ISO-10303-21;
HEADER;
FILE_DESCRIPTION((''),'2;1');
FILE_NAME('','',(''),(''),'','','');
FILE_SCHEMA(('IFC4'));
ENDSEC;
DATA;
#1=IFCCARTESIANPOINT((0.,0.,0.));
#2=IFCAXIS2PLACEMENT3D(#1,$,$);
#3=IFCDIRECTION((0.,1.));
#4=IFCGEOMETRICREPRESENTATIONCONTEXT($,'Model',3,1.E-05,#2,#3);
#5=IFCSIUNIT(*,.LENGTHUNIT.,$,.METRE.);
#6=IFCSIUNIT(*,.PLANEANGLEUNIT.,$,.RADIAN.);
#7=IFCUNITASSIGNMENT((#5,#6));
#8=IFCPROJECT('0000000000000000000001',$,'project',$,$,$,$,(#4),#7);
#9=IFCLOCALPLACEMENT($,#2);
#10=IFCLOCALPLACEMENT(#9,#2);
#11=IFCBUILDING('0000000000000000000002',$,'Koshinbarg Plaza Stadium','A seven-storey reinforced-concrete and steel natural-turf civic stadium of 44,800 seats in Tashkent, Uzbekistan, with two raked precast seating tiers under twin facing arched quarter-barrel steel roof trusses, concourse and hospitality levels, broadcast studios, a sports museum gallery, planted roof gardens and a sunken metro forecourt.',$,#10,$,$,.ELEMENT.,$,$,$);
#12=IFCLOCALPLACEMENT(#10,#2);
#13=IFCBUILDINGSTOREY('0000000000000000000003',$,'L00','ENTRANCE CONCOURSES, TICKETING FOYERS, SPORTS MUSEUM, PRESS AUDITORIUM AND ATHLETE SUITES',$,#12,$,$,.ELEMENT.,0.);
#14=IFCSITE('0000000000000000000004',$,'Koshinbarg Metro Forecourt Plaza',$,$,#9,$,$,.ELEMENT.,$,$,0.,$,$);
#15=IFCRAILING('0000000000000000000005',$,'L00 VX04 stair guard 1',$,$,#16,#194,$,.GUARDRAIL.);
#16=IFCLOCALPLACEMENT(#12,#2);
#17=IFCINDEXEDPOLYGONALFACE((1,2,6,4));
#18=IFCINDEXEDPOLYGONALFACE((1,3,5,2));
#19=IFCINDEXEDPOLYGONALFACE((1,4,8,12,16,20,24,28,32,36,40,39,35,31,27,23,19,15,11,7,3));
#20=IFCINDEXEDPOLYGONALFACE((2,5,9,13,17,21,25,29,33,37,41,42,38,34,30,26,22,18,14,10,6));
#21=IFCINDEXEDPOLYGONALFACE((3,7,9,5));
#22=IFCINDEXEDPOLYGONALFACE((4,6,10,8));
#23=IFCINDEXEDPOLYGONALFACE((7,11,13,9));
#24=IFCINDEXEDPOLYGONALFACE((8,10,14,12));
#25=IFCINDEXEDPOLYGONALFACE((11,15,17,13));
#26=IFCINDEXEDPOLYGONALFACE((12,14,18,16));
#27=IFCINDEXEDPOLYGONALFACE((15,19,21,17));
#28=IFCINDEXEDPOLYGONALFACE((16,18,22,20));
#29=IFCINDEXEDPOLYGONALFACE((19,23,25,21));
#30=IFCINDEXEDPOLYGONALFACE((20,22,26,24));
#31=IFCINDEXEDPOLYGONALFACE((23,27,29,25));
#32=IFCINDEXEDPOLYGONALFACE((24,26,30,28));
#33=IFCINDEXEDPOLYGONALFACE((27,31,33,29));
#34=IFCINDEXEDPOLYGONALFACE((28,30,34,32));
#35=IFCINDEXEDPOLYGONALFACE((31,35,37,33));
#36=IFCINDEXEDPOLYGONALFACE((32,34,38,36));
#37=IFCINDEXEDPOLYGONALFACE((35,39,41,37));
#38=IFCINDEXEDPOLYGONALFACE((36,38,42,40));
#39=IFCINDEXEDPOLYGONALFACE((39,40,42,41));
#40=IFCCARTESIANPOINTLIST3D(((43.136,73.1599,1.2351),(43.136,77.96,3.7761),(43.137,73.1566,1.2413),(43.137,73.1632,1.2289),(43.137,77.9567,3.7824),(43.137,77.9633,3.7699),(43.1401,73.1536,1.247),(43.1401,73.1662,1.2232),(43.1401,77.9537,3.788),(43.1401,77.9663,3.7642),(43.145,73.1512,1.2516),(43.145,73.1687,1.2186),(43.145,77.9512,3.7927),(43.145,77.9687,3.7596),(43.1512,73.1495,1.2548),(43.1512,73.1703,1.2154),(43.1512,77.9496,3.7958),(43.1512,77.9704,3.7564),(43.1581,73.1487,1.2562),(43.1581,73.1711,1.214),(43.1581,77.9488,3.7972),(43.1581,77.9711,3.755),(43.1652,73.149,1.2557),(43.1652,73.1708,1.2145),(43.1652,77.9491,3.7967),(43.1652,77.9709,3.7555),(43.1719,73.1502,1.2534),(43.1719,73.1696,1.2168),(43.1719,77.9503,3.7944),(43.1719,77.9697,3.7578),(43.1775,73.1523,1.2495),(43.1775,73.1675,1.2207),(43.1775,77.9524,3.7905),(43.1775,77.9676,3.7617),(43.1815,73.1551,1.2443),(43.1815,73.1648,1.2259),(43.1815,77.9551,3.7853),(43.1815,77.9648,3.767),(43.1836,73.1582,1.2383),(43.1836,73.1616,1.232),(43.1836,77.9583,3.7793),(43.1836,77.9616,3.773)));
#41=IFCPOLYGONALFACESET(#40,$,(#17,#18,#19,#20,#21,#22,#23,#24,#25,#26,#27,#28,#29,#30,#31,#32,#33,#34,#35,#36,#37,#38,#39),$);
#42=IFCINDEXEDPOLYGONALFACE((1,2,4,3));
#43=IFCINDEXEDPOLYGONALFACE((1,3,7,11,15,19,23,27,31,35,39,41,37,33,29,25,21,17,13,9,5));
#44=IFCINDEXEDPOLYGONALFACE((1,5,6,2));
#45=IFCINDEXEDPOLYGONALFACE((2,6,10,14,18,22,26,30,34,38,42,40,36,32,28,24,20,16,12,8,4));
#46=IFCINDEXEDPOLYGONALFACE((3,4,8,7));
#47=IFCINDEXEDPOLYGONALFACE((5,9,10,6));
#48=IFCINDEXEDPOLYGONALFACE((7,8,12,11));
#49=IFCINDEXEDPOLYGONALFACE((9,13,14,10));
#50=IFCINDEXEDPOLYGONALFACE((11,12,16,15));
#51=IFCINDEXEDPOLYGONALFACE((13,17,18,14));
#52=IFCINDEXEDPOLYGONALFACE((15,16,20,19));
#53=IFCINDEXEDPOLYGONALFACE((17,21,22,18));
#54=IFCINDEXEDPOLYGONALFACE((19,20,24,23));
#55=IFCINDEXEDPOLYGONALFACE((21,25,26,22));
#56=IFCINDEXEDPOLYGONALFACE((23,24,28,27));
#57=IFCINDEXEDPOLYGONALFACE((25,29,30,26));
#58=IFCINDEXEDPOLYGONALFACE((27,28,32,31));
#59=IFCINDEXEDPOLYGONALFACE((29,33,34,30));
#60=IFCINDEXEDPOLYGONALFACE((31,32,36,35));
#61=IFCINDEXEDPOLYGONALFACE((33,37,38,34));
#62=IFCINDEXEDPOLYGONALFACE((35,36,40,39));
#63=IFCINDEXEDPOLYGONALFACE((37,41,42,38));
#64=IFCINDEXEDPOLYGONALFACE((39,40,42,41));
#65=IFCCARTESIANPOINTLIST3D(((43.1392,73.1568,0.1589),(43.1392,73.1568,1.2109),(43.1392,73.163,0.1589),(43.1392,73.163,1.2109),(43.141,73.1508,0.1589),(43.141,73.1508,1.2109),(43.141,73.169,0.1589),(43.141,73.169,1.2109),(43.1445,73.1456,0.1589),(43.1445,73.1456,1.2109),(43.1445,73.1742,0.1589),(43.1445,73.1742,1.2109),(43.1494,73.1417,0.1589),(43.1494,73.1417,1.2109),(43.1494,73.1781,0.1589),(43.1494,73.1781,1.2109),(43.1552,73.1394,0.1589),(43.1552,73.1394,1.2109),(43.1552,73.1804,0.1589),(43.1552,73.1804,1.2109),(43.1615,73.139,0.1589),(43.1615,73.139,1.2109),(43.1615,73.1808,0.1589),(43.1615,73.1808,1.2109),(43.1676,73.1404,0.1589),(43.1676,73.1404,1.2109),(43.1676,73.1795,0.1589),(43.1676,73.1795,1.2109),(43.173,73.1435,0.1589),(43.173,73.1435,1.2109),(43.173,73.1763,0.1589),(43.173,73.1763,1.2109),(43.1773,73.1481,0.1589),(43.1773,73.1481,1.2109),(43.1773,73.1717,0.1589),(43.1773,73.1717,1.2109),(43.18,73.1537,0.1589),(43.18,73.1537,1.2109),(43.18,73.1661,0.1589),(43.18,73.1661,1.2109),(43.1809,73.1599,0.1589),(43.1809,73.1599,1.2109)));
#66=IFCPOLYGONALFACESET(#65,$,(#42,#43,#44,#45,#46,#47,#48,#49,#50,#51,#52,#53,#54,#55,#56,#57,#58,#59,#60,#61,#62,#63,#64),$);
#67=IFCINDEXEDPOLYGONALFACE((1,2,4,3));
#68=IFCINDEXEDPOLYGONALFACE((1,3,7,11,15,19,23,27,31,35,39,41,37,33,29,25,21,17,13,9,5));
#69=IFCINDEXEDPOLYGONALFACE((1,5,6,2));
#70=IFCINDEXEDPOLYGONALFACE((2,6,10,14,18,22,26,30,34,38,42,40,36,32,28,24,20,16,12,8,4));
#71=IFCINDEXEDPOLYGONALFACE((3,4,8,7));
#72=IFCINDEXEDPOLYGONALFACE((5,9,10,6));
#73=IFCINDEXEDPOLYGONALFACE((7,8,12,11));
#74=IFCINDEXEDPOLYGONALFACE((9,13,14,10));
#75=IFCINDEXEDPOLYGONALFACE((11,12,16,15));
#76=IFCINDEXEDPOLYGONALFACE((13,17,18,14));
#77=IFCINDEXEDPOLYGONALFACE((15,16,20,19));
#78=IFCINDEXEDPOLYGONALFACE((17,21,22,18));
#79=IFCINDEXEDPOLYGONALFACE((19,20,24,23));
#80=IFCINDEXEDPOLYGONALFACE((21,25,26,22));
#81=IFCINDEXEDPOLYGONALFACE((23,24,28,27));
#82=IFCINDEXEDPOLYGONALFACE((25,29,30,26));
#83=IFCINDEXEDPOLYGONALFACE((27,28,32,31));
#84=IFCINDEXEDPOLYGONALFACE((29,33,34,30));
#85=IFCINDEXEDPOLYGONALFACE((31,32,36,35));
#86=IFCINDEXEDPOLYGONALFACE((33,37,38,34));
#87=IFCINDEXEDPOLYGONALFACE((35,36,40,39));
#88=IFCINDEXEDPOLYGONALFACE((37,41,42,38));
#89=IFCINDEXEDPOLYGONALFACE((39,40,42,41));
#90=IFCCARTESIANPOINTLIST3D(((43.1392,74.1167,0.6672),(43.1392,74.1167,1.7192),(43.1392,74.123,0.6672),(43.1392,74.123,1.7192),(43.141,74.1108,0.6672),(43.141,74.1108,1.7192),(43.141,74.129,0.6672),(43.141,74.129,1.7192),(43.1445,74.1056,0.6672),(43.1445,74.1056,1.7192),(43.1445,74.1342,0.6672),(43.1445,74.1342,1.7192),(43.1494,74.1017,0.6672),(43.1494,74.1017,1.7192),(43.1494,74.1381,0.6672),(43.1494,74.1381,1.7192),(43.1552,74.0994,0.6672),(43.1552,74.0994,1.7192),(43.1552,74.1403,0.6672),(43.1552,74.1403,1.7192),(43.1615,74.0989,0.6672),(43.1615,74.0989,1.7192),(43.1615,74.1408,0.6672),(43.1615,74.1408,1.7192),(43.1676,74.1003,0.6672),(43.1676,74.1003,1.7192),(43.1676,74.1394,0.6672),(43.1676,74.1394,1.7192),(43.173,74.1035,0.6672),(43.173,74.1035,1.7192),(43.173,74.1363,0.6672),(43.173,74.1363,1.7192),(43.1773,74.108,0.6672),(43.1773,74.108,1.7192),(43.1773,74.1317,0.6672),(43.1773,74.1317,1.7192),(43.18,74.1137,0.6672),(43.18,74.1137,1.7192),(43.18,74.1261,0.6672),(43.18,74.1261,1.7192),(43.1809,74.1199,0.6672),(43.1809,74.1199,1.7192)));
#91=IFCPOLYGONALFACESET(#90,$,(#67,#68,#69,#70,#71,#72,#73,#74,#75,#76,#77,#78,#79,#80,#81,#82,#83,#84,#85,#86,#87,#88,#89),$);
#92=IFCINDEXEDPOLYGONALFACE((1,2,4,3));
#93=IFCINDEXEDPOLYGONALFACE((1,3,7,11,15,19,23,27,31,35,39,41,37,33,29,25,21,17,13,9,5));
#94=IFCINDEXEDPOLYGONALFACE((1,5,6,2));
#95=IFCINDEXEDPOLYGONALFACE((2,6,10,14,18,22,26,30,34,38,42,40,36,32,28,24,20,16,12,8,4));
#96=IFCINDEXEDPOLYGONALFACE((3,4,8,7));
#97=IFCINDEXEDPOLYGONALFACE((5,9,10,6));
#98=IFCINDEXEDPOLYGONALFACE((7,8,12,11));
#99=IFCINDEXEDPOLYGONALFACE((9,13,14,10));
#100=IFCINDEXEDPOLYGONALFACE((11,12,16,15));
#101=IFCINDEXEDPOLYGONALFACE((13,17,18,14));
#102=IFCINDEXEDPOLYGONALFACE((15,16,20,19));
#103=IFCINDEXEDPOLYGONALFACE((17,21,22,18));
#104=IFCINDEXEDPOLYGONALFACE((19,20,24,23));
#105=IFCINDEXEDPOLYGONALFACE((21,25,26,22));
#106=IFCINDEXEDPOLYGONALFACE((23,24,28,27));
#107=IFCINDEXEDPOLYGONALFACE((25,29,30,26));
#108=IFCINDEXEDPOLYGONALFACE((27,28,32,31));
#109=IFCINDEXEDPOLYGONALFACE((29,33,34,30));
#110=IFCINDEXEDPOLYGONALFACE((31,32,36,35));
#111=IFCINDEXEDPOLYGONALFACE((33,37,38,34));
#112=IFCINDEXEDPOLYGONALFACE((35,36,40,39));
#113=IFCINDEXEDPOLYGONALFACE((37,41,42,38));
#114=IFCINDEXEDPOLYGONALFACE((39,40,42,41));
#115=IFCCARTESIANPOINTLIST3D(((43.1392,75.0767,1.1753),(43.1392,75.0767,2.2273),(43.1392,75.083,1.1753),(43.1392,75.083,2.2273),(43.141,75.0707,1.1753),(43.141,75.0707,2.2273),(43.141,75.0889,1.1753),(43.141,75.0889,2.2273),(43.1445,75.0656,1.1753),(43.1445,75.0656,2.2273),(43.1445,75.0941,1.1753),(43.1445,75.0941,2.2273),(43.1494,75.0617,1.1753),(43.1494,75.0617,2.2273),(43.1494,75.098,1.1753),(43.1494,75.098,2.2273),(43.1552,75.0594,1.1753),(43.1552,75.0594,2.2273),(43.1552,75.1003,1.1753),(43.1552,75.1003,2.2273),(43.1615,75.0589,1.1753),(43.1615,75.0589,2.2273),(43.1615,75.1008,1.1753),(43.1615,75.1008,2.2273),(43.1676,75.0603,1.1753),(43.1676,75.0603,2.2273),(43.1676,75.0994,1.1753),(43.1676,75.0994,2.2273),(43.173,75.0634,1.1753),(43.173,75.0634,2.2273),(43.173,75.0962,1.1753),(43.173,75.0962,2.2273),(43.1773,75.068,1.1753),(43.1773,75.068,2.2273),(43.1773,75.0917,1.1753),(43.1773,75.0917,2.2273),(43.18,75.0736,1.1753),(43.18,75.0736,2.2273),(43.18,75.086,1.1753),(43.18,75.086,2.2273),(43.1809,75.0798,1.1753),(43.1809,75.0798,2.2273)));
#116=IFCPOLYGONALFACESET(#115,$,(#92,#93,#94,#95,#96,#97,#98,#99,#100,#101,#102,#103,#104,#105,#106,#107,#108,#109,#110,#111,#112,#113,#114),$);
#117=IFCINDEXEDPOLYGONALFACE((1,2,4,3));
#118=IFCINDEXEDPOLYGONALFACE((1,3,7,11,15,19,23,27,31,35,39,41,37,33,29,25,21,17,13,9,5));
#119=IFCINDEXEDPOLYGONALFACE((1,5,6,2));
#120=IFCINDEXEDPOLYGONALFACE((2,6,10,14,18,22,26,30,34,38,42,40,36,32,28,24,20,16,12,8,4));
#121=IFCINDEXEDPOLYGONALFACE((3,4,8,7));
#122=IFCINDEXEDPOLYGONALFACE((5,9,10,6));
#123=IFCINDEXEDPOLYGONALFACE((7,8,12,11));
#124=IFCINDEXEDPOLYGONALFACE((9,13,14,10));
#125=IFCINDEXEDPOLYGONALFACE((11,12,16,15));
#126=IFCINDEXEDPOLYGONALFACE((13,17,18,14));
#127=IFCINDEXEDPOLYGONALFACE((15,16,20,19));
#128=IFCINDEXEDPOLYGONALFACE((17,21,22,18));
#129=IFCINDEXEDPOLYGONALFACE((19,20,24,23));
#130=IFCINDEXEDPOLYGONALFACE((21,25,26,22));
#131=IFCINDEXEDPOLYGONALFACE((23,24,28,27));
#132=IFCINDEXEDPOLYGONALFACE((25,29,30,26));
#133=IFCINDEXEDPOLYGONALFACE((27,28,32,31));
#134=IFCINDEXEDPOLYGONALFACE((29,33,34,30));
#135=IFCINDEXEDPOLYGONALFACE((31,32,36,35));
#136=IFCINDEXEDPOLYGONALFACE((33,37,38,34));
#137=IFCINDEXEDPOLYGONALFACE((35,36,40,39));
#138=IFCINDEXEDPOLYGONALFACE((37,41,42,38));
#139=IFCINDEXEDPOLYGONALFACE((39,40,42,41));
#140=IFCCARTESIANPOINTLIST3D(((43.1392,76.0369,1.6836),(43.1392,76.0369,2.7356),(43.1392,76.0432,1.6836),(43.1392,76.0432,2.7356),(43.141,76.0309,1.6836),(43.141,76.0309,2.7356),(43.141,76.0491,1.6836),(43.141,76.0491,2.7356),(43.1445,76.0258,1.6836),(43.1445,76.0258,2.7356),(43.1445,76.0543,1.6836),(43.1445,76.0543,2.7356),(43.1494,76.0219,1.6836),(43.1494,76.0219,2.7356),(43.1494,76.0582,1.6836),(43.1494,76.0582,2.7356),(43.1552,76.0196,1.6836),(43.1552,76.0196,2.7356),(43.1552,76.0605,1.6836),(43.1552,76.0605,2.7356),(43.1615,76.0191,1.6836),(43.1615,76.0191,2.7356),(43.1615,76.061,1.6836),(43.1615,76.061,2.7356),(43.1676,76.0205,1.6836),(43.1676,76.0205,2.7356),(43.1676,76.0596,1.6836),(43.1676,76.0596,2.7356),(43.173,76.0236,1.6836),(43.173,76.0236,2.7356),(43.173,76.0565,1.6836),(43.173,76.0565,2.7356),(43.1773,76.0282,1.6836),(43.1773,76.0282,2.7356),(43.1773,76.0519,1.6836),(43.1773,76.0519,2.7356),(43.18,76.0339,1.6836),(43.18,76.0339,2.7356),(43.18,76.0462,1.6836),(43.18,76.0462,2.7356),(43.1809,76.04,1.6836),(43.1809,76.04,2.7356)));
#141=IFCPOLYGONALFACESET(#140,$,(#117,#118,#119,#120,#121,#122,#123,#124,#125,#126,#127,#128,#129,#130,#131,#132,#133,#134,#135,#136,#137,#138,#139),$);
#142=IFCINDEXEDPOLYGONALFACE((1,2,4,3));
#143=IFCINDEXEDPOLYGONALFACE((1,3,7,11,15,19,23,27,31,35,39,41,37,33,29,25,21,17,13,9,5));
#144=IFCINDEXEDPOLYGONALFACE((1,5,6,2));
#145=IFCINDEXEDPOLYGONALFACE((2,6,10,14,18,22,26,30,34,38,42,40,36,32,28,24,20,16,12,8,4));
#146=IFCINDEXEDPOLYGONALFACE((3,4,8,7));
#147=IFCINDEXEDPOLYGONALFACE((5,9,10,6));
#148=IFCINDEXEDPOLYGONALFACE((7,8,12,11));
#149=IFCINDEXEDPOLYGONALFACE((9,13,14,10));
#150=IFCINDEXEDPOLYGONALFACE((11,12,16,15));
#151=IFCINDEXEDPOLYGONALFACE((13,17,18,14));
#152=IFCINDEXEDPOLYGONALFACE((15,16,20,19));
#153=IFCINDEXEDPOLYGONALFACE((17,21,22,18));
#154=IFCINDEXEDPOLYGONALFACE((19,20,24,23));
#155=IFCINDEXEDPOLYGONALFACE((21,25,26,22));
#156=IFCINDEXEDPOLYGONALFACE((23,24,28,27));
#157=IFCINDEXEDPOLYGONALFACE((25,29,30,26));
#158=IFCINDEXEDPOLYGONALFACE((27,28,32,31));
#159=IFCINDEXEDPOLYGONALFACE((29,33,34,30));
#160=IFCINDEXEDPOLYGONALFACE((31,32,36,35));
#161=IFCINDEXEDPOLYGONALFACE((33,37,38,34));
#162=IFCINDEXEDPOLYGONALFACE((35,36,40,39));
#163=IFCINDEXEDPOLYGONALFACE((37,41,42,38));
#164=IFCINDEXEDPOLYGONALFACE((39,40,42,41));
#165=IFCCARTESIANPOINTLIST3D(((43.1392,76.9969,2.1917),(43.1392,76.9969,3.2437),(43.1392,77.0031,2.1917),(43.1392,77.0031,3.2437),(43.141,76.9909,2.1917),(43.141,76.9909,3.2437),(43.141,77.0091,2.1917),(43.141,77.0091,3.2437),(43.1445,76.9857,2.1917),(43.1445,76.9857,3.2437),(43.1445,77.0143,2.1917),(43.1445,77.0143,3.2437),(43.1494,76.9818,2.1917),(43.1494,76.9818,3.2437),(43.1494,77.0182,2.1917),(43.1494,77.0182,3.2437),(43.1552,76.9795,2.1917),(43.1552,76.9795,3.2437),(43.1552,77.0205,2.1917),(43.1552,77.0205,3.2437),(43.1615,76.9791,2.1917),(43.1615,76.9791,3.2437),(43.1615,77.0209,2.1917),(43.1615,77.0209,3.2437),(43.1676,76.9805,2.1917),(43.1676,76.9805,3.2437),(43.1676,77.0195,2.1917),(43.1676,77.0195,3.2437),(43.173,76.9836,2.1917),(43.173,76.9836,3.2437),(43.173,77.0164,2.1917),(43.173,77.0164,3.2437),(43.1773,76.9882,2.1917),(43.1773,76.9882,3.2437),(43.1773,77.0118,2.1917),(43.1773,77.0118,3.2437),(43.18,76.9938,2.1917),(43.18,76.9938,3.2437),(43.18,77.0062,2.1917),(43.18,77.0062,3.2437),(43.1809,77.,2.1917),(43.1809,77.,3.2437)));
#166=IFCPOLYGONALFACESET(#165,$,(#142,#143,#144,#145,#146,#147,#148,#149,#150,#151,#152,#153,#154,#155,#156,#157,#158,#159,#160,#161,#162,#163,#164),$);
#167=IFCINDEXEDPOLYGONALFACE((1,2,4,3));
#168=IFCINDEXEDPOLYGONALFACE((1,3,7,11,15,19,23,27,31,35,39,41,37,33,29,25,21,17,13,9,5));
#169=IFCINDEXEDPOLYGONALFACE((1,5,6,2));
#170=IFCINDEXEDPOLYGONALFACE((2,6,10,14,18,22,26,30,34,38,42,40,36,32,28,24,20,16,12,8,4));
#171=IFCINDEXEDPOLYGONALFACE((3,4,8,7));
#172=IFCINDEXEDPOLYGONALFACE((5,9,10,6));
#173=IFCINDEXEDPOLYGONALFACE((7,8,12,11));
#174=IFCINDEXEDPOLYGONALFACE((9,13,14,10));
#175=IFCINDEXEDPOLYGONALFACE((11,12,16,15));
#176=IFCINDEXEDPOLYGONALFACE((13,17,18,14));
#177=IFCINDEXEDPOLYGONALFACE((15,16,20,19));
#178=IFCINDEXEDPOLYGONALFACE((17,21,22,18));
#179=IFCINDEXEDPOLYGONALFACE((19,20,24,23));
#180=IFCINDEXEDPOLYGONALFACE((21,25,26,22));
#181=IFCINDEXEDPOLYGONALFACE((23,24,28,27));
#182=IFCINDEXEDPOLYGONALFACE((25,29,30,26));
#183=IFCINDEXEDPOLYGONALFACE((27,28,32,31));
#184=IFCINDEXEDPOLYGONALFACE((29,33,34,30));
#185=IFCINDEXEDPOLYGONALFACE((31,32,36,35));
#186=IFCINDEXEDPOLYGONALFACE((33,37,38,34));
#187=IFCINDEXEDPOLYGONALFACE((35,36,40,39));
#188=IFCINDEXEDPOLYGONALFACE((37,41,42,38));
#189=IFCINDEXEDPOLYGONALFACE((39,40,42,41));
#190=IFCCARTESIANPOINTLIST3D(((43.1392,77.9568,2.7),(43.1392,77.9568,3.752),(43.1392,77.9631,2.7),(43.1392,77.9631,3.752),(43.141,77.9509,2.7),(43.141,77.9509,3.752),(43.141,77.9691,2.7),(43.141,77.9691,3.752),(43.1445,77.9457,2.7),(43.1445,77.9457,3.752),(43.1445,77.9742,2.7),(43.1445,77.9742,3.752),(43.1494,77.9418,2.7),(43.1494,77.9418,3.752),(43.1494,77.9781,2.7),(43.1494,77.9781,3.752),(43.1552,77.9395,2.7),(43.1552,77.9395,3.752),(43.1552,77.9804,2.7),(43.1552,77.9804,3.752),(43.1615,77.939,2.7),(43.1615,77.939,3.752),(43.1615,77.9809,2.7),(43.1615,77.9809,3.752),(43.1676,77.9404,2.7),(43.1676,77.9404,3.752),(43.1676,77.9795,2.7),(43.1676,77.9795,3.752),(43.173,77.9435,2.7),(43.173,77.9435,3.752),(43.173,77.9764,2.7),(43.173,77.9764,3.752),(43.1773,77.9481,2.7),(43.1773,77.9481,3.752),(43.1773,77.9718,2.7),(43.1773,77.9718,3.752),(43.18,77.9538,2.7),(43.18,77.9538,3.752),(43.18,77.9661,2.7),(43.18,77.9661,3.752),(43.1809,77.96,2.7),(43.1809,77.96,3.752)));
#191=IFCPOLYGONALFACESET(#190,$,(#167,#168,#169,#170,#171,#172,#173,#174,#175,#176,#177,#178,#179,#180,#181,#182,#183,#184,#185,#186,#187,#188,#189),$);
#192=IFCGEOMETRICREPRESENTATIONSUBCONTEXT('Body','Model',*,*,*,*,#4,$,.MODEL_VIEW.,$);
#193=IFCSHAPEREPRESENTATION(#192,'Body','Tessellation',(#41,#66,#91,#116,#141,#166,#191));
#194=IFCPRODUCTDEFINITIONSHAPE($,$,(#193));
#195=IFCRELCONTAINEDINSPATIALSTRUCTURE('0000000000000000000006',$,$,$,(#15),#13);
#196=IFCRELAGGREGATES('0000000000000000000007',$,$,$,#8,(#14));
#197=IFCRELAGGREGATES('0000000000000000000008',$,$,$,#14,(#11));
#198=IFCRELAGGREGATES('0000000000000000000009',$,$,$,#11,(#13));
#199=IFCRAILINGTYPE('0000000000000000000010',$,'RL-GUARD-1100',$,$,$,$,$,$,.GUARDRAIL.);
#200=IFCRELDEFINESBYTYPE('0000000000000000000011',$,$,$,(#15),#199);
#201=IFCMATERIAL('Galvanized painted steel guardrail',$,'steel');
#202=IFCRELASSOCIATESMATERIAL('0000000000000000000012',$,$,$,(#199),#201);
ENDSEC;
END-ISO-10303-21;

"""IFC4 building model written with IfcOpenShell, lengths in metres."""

from ifc_helpers import new_model, si_unit, direction, frame, origin, origin_2d, place, context, subcontext, project, spatial, circle, extrude, material, type_object, element, save


model = new_model("IFC4")

# Units and contexts
model_context = context("Model", 3, precision=1e-05, world=origin(), true_north=direction((0.0, 1.0)))
body_context = subcontext(model_context, "Body", "Model", "MODEL_VIEW")
ifc_project = project(units=[si_unit("LENGTHUNIT", "METRE"), si_unit("PLANEANGLEUNIT", "RADIAN")], contexts=[model_context])

# Site, building, storey
site_placement = place(None, origin())
site = spatial("IfcSite", under=ifc_project, at=site_placement, Name="Koshinbarg Metro Forecourt Plaza", CompositionType="ELEMENT", RefElevation=0.0)
building_placement = place(site_placement, origin())
building = spatial("IfcBuilding", under=site, at=building_placement, Name="Koshinbarg Plaza Stadium", Description="A seven-storey reinforced-concrete and steel natural-turf civic stadium of 44,800 seats in Tashkent, Uzbekistan, with two raked precast seating tiers under twin facing arched quarter-barrel steel roof trusses, concourse and hospitality levels, broadcast studios, a sports museum gallery, planted roof gardens and a sunken metro forecourt.", CompositionType="ELEMENT")
storey_placement = place(building_placement, origin())
storey = spatial("IfcBuildingStorey", under=building, at=storey_placement, Name="L00", Description="ENTRANCE CONCOURSES, TICKETING FOYERS, SPORTS MUSEUM, PRESS AUDITORIUM AND ATHLETE SUITES", CompositionType="ELEMENT", Elevation=0.0)

# Railing
ifc_material_1 = material(Name="Galvanized painted steel guardrail", Category="steel")
railing_type_1 = type_object("IfcRailingType", Name="RL-GUARD-1100", PredefinedType="GUARDRAIL", material=ifc_material_1)
railing_1_placement = place(storey_placement, frame((43.1599, 73.1599, 0.1589)))
element("IfcRailing", 1, at=railing_1_placement, inside=storey, type_object=railing_type_1, Name="L00 VX04 stair guard 1", PredefinedType="GUARDRAIL", context=body_context, shape_type="SweptSolid", body=[
    extrude(circle(Radius=0.0239, at=origin_2d()), frame((0.0, 0.0, 1.0762), z_axis=(0.0, 0.883802, 0.467861), x_axis=(-1.0, 0.0, 0.0)), (0.0, 0.0, 1.0), 5.4312),
    extrude(circle(Radius=0.021, at=origin_2d()), origin(), (0.0, 0.0, 1.0), 1.052),
    extrude(circle(Radius=0.021, at=origin_2d()), frame((0.0, 0.96, 0.5083)), (0.0, 0.0, 1.0), 1.052),
    extrude(circle(Radius=0.021, at=origin_2d()), frame((0.0, 1.9199, 1.0164)), (0.0, 0.0, 1.0), 1.052),
    extrude(circle(Radius=0.021, at=origin_2d()), frame((0.0, 2.8801, 1.5247)), (0.0, 0.0, 1.0), 1.052),
    extrude(circle(Radius=0.021, at=origin_2d()), frame((0.0, 3.8401, 2.0327)), (0.0, 0.0, 1.0), 1.052),
    extrude(circle(Radius=0.021, at=origin_2d()), frame((0.0, 4.8, 2.541)), (0.0, 0.0, 1.0), 1.052),
])

save(model, "model.ifc")
